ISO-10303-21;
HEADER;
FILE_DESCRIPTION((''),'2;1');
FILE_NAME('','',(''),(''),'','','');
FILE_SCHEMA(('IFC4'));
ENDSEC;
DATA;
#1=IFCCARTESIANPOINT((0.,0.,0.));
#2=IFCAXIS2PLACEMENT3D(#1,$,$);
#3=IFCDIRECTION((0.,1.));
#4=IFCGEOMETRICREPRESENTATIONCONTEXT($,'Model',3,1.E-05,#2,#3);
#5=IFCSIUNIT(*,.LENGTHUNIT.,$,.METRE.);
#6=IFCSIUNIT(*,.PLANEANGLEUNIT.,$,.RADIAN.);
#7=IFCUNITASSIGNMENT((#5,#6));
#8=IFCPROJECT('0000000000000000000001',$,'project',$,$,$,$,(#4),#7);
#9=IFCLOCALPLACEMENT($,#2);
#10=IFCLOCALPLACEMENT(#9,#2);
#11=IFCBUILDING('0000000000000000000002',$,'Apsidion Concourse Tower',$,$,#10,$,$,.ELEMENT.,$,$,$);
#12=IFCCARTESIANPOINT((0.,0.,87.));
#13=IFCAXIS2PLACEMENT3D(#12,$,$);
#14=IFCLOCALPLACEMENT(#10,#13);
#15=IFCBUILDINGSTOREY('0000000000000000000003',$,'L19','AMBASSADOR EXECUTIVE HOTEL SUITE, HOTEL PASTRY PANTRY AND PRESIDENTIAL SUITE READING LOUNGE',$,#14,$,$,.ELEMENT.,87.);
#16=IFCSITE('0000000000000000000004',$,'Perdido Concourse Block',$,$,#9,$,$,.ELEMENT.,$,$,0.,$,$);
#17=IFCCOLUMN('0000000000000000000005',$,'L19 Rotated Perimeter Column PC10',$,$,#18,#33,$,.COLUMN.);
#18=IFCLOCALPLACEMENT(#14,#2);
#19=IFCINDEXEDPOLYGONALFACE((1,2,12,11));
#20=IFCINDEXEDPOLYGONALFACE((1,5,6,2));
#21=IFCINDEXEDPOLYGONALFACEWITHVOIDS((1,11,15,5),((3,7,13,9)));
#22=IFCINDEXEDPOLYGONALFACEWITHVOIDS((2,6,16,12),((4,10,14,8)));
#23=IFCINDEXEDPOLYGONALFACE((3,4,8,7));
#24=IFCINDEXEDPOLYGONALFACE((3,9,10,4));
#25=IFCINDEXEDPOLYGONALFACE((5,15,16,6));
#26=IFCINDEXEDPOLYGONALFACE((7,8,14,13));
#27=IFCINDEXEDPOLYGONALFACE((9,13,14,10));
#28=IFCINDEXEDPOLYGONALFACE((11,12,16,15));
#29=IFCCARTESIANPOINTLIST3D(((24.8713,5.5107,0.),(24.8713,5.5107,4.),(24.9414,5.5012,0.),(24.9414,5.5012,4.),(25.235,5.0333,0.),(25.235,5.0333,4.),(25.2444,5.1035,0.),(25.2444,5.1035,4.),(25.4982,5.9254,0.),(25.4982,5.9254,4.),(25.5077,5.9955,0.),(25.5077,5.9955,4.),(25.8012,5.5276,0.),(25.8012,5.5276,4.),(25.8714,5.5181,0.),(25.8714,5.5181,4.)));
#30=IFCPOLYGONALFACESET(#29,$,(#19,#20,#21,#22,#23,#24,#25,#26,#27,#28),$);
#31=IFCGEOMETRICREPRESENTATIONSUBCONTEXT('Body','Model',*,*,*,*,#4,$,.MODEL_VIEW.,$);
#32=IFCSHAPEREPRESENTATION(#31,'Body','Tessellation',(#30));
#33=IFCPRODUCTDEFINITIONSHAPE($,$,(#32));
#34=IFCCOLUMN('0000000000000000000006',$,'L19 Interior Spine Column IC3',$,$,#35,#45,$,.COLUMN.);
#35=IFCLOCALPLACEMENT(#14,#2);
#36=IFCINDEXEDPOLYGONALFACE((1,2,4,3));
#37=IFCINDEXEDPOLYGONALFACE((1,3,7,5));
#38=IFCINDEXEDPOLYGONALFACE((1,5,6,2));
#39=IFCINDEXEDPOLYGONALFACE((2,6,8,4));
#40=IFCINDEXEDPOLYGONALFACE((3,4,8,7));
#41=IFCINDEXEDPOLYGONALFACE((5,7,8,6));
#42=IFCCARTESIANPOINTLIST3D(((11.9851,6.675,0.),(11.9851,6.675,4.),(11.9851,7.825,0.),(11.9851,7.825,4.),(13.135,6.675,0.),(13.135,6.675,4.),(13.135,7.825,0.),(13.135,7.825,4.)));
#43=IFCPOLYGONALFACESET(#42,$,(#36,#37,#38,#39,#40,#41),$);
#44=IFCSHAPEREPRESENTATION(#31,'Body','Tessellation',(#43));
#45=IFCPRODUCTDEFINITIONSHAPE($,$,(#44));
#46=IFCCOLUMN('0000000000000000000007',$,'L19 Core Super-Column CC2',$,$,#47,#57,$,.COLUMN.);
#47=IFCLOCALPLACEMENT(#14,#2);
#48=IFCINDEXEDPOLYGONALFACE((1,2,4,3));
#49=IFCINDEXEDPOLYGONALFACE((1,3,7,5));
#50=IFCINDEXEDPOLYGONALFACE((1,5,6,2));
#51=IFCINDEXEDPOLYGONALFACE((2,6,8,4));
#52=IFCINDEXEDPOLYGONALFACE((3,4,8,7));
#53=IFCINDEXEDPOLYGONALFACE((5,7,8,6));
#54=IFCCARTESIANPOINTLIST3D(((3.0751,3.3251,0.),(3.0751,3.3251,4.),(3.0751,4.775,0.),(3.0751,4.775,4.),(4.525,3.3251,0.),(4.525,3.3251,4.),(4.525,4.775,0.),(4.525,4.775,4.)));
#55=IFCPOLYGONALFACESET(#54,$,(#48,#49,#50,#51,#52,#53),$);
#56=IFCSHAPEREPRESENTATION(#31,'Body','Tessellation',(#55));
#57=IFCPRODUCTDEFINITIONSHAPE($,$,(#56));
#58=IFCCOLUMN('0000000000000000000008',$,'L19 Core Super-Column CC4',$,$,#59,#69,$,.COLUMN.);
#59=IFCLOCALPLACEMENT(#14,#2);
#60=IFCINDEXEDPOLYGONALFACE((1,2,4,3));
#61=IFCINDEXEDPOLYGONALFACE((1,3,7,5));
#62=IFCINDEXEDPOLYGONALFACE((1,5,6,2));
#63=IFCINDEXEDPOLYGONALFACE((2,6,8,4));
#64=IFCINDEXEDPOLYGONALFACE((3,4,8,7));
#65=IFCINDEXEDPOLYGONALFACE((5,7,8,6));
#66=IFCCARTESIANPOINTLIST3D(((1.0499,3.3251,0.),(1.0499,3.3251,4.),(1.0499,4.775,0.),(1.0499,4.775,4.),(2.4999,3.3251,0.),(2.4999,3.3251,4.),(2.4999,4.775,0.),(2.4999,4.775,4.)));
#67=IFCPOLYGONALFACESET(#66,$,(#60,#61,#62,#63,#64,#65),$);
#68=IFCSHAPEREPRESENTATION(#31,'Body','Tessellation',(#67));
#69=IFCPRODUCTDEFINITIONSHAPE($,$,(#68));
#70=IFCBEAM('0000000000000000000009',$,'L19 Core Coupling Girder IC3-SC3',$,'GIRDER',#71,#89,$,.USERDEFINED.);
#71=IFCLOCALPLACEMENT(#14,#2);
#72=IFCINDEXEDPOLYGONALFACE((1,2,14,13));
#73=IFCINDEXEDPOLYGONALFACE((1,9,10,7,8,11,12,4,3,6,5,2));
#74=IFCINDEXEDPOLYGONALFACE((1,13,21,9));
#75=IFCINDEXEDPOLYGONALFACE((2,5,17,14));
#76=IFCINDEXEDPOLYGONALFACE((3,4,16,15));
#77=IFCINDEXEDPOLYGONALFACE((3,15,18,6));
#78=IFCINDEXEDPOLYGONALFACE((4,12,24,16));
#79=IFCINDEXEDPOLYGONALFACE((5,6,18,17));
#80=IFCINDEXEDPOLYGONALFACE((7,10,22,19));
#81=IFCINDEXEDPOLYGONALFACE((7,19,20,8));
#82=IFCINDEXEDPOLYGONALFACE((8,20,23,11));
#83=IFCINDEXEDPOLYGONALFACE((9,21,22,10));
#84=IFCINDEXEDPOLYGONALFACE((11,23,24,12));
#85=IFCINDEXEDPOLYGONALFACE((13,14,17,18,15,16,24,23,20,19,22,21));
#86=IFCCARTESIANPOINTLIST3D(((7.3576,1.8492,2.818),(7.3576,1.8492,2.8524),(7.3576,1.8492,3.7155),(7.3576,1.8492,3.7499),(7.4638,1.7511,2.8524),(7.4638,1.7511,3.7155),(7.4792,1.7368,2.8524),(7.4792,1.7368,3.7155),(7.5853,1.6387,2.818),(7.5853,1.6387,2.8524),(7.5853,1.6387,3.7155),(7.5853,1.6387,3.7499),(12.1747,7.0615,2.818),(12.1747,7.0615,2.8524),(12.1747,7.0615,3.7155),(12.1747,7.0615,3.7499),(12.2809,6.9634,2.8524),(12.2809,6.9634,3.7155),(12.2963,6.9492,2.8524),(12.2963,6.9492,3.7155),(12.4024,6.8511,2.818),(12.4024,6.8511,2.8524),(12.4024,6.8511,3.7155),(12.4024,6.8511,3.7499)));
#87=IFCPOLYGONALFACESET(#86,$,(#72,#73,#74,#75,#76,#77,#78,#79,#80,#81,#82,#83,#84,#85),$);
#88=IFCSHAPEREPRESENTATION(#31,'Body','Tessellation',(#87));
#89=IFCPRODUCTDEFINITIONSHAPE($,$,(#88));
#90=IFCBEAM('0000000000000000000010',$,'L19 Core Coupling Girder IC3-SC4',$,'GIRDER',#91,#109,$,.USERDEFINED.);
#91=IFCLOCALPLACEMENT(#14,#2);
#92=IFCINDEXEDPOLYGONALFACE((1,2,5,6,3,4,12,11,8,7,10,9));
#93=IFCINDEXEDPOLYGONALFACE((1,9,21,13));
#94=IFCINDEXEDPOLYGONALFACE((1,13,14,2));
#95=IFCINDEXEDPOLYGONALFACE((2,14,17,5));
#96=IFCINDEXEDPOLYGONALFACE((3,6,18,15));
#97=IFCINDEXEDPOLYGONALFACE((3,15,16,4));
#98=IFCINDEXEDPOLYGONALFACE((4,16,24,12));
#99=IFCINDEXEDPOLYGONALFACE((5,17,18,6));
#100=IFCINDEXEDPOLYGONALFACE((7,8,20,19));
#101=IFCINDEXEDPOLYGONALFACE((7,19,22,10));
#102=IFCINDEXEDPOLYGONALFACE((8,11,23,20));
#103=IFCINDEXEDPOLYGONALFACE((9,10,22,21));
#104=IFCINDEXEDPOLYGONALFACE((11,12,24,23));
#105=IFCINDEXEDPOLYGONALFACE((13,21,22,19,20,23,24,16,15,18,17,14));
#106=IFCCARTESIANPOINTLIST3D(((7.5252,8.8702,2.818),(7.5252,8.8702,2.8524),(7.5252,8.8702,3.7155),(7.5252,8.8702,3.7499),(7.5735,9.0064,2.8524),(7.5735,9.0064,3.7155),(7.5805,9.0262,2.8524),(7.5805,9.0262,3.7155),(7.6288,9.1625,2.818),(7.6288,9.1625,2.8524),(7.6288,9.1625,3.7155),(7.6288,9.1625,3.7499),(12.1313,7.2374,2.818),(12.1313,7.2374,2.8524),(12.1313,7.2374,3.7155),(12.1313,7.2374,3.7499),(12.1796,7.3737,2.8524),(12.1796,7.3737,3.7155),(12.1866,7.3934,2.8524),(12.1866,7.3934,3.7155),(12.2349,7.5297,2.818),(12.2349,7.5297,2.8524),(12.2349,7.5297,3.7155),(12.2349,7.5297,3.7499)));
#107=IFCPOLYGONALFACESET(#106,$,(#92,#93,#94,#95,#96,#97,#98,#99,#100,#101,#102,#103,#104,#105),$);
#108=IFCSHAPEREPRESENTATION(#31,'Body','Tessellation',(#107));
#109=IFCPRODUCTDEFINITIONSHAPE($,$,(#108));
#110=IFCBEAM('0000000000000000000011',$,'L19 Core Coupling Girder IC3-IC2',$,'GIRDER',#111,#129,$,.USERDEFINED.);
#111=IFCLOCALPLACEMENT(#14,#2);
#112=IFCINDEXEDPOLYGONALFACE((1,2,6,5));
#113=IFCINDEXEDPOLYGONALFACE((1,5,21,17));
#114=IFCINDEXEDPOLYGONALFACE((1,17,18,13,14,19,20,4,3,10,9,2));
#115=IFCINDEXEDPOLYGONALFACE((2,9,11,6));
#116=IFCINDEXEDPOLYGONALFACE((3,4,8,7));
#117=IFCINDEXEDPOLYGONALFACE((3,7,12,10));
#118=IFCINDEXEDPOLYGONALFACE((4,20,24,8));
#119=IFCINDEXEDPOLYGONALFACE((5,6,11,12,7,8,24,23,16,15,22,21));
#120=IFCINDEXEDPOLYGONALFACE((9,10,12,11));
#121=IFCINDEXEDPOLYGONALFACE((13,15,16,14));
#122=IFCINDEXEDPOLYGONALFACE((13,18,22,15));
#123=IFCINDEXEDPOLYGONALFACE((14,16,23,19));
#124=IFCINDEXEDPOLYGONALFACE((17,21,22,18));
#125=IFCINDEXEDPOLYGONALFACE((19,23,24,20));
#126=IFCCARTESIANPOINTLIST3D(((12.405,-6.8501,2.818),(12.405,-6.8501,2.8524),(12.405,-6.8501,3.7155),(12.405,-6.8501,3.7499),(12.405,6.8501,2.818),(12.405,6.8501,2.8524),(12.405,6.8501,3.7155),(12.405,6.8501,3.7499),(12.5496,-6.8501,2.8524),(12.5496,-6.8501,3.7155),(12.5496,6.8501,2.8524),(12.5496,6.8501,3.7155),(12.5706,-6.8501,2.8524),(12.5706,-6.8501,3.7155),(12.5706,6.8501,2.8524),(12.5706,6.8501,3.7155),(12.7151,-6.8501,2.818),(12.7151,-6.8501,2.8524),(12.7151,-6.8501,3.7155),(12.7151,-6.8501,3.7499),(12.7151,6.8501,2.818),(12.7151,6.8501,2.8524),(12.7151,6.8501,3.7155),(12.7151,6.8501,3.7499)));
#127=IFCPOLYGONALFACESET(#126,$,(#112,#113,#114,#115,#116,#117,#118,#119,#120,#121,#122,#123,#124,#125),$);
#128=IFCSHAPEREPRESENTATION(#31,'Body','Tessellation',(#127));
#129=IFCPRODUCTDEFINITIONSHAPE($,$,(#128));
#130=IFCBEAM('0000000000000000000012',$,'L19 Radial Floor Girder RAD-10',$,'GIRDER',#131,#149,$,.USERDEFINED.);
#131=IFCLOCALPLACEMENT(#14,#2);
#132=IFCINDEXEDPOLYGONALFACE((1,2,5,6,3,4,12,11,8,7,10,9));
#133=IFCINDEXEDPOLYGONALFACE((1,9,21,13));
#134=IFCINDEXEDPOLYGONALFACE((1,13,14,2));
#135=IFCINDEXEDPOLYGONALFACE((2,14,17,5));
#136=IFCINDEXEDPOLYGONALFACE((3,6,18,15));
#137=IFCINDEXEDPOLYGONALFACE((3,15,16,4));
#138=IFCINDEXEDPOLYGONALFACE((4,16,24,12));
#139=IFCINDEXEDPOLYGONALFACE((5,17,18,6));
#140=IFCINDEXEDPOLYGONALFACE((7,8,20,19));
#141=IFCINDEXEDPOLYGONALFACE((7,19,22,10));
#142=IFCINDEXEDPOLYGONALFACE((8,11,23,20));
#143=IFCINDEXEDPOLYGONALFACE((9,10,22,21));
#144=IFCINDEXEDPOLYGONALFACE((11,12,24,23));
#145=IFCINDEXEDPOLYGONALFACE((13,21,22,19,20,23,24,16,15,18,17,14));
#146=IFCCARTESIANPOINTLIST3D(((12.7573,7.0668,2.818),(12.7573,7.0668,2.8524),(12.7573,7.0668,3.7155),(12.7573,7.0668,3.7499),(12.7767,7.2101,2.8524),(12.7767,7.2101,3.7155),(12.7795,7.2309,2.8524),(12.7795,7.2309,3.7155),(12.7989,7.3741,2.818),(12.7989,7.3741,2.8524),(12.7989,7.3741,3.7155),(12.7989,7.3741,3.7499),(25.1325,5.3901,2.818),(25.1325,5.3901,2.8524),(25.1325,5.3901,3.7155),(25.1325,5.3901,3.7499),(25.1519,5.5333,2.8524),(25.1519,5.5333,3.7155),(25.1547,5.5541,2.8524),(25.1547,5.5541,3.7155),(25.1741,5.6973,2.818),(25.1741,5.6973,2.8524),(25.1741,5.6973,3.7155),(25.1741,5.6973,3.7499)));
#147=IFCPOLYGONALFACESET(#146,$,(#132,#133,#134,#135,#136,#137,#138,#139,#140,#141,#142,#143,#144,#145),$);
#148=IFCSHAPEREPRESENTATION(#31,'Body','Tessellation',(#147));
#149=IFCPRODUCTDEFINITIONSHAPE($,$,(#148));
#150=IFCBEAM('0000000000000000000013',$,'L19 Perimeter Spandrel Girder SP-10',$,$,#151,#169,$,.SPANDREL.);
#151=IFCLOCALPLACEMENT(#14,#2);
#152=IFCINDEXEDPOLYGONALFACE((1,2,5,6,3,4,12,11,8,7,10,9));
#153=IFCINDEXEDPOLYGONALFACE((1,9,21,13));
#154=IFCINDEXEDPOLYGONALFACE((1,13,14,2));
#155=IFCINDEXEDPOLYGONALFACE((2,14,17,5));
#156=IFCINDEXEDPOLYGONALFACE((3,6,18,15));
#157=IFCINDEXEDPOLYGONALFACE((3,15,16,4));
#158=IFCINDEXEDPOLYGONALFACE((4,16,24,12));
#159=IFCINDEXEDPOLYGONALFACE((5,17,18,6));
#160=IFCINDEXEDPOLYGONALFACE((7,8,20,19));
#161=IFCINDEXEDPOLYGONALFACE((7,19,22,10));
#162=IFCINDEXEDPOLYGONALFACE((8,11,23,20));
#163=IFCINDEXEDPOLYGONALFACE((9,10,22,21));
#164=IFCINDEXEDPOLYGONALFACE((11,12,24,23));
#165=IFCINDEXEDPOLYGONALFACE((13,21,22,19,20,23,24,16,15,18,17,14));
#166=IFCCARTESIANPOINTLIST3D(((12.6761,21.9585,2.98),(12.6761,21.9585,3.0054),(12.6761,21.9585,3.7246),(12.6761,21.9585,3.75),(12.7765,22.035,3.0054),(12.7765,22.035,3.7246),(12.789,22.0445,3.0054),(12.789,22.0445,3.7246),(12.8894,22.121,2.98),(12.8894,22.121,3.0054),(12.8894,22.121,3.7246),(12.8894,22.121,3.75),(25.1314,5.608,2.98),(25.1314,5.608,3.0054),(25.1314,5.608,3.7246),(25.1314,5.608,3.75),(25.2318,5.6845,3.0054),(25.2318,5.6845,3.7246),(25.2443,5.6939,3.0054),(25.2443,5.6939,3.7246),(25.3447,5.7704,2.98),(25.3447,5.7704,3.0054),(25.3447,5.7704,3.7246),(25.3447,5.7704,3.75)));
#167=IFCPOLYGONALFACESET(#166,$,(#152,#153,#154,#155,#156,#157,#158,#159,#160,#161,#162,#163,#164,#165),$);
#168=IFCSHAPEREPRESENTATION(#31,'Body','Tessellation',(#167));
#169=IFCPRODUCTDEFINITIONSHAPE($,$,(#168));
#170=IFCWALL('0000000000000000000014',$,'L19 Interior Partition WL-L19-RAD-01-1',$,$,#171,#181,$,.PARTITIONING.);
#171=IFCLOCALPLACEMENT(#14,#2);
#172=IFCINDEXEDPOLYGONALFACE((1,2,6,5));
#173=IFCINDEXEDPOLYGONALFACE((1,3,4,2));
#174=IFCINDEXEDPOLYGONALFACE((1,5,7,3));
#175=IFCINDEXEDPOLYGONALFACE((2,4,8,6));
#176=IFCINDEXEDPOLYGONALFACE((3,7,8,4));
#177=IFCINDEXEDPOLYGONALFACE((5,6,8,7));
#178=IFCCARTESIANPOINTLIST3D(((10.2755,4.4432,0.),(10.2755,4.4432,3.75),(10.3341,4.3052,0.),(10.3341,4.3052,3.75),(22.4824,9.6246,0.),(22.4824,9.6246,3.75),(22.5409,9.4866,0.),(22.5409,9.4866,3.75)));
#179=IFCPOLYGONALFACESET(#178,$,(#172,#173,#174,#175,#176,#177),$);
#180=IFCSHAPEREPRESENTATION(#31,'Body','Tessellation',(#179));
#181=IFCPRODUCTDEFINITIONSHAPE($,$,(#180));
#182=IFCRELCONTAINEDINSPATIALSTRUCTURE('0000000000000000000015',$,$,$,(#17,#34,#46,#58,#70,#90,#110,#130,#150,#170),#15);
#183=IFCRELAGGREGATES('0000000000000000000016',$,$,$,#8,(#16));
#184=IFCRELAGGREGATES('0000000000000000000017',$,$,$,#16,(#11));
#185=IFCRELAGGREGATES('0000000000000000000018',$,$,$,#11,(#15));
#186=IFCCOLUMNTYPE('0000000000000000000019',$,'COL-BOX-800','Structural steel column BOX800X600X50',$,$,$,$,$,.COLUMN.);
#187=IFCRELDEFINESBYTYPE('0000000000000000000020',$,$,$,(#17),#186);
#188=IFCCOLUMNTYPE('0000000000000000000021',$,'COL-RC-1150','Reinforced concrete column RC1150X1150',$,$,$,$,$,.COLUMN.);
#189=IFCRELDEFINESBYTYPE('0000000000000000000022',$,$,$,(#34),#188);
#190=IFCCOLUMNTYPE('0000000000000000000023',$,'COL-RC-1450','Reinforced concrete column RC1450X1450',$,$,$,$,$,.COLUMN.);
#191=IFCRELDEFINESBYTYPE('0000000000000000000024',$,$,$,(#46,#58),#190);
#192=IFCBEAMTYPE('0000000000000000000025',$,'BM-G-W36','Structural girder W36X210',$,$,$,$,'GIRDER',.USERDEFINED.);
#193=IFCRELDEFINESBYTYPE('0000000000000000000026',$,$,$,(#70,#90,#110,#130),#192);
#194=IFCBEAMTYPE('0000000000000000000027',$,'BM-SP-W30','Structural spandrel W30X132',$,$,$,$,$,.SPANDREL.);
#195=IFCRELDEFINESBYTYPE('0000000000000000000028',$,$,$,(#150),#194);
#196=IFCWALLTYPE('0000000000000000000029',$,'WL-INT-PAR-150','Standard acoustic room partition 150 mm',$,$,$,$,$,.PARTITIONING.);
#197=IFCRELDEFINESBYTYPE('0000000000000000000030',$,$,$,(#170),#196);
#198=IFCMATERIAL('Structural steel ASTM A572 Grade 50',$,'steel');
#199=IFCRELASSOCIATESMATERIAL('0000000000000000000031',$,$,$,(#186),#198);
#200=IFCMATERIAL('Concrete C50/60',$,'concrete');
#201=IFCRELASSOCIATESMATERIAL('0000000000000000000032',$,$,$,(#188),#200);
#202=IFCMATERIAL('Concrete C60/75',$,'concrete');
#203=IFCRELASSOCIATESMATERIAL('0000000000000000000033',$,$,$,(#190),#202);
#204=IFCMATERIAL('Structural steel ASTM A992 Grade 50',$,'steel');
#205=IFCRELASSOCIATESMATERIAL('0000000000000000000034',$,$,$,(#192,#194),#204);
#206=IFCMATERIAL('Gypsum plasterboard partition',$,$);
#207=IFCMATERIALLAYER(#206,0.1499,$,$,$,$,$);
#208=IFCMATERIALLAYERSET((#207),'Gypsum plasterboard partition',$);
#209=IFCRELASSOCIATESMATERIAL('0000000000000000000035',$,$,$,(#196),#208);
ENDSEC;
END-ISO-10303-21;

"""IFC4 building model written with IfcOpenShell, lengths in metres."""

from ifc_helpers import new_model, si_unit, direction, frame, frame_2d, origin, origin_2d, place, context, subcontext, project, spatial, rectangle, hollow_rectangle, i_section, extrude, material, layer, layer_set, material_profile, profile_set, type_object, element, save


model = new_model("IFC4")

# Units and contexts
model_context = context("Model", 3, precision=1e-05, world=origin(), true_north=direction((0.0, 1.0)))
body_context = subcontext(model_context, "Body", "Model", "MODEL_VIEW")
ifc_project = project(units=[si_unit("LENGTHUNIT", "METRE"), si_unit("PLANEANGLEUNIT", "RADIAN")], contexts=[model_context])

# Site, building, storey
site_placement = place(None, origin())
site = spatial("IfcSite", under=ifc_project, at=site_placement, Name="Perdido Concourse Block", CompositionType="ELEMENT", RefElevation=0.0)
building_placement = place(site_placement, origin())
building = spatial("IfcBuilding", under=site, at=building_placement, Name="Apsidion Concourse Tower", CompositionType="ELEMENT")
storey_placement = place(building_placement, frame((0.0, 0.0, 87.0)))
storey = spatial("IfcBuildingStorey", under=building, at=storey_placement, Name="L19", Description="AMBASSADOR EXECUTIVE HOTEL SUITE, HOTEL PASTRY PANTRY AND PRESIDENTIAL SUITE READING LOUNGE", CompositionType="ELEMENT", Elevation=87.0)

# Columns
ifc_material_1 = material(Name="Structural steel ASTM A572 Grade 50", Category="steel")
ifc_material_profile_1 = material_profile(ifc_material_1, hollow_rectangle(XDim=0.6001, YDim=0.8, WallThickness=0.05, at=origin_2d()), Name="BOX800X600X50")
ifc_profile_set_1 = profile_set([ifc_material_profile_1], Name="Structural steel ASTM A572 Grade 50")
column_type_1 = type_object("IfcColumnType", Name="COL-BOX-800", Description="Structural steel column BOX800X600X50", PredefinedType="COLUMN", material=ifc_profile_set_1)
column_1_placement = place(storey_placement, frame((25.3713, 5.5144, 0.0), z_axis=(0.0, 0.0, 1.0), x_axis=(-0.605988, 0.795473, 0.0)))
element("IfcColumn", 1, at=column_1_placement, inside=storey, type_object=column_type_1, Name="L19 Rotated Perimeter Column PC10", PredefinedType="COLUMN", context=body_context, shape_type="SweptSolid", body=[
    extrude(hollow_rectangle(XDim=0.6001, YDim=0.8, WallThickness=0.05, at=origin_2d()), origin(), (0.0, 0.0, 1.0), 4.0),
])
ifc_material_2 = material(Name="Concrete C50/60", Category="concrete")
ifc_material_profile_2 = material_profile(ifc_material_2, rectangle(XDim=1.1499, YDim=1.1499, at=origin_2d()), Name="RC 1150x1150")
ifc_profile_set_2 = profile_set([ifc_material_profile_2], Name="Concrete C50/60")
column_type_2 = type_object("IfcColumnType", Name="COL-RC-1150", Description="Reinforced concrete column RC1150X1150", PredefinedType="COLUMN", material=ifc_profile_set_2)
column_2_placement = place(storey_placement, frame((12.5601, 7.25, 0.0), z_axis=(0.0, 0.0, 1.0), x_axis=(1.0, 0.0, 0.0)))
element("IfcColumn", 2, at=column_2_placement, inside=storey, type_object=column_type_2, Name="L19 Interior Spine Column IC3", PredefinedType="COLUMN", context=body_context, shape_type="SweptSolid", body=[
    extrude(rectangle(XDim=1.1499, YDim=1.1499, at=origin_2d()), origin(), (0.0, 0.0, 1.0), 4.0),
])
ifc_material_3 = material(Name="Concrete C60/75", Category="concrete")
ifc_material_profile_3 = material_profile(ifc_material_3, rectangle(XDim=1.45, YDim=1.45, at=origin_2d()), Name="RC 1450x1450")
ifc_profile_set_3 = profile_set([ifc_material_profile_3], Name="Concrete C60/75")
column_type_3 = type_object("IfcColumnType", Name="COL-RC-1450", Description="Reinforced concrete column RC1450X1450", PredefinedType="COLUMN", material=ifc_profile_set_3)
for number, where, z_axis, x_axis, name in (
    (3, (3.8, 4.05, 0.0), (0.0, 0.0, 1.0), (1.0, 0.0, 0.0), "L19 Core Super-Column CC2"),
    (4, (1.7749, 4.05, 0.0), (0.0, 0.0, 1.0), (1.0, 0.0, 0.0), "L19 Core Super-Column CC4"),
):
    element("IfcColumn", number, at=place(storey_placement, frame(where, z_axis=z_axis, x_axis=x_axis)), inside=storey, type_object=column_type_3, Name=name, PredefinedType="COLUMN", context=body_context, shape_type="SweptSolid", body=[
        extrude(rectangle(XDim=1.45, YDim=1.45, at=origin_2d()), origin(), (0.0, 0.0, 1.0), 4.0),
    ])

# Beams
ifc_material_4 = material(Name="Structural steel ASTM A992 Grade 50", Category="steel")
ifc_material_profile_4 = material_profile(ifc_material_4, i_section(OverallWidth=0.3101, OverallDepth=0.9319, WebThickness=0.021, FlangeThickness=0.0344, at=origin_2d()), Name="W36X210")
ifc_profile_set_4 = profile_set([ifc_material_profile_4], Name="Structural steel ASTM A992 Grade 50")
beam_type_1 = type_object("IfcBeamType", Name="BM-G-W36", Description="Structural girder W36X210", ElementType="GIRDER", PredefinedType="USERDEFINED", material=ifc_profile_set_4)
beam_1_placement = place(storey_placement, frame((12.2886, 6.9563, 3.2839), z_axis=(-0.678713, -0.734404, 0.0), x_axis=(0.734404, -0.678713, 0.0)))
element("IfcBeam", 5, at=beam_1_placement, inside=storey, type_object=beam_type_1, Name="L19 Core Coupling Girder IC3-SC3", ObjectType="GIRDER", PredefinedType="USERDEFINED", context=body_context, shape_type="SweptSolid", body=[
    extrude(i_section(OverallWidth=0.3101, OverallDepth=0.9319, WebThickness=0.021, FlangeThickness=0.0344, at=origin_2d()), origin(), (0.0, 0.0, 1.0), 7.0974),
])
beam_2_placement = place(storey_placement, frame((12.1831, 7.3835, 3.2839), z_axis=(-0.942534, 0.334111, 0.0), x_axis=(-0.334111, -0.942534, 0.0)))
element("IfcBeam", 6, at=beam_2_placement, inside=storey, type_object=beam_type_1, Name="L19 Core Coupling Girder IC3-SC4", ObjectType="GIRDER", PredefinedType="USERDEFINED", context=body_context, shape_type="SweptSolid", body=[
    extrude(i_section(OverallWidth=0.3101, OverallDepth=0.9319, WebThickness=0.021, FlangeThickness=0.0344, at=origin_2d()), origin(), (0.0, 0.0, 1.0), 4.887),
])
beam_3_placement = place(storey_placement, frame((12.5601, 6.8501, 3.2839), z_axis=(0.0, -1.0, 0.0), x_axis=(1.0, 0.0, 0.0)))
element("IfcBeam", 7, at=beam_3_placement, inside=storey, type_object=beam_type_1, Name="L19 Core Coupling Girder IC3-IC2", ObjectType="GIRDER", PredefinedType="USERDEFINED", context=body_context, shape_type="SweptSolid", body=[
    extrude(i_section(OverallWidth=0.3101, OverallDepth=0.9319, WebThickness=0.021, FlangeThickness=0.0344, at=origin_2d()), origin(), (0.0, 0.0, 1.0), 13.7002),
])
beam_4_placement = place(storey_placement, frame((12.7781, 7.2205, 3.2839), z_axis=(0.990945, -0.134266, 0.0), x_axis=(0.134266, 0.990945, 0.0)))
element("IfcBeam", 8, at=beam_4_placement, inside=storey, type_object=beam_type_1, Name="L19 Radial Floor Girder RAD-10", ObjectType="GIRDER", PredefinedType="USERDEFINED", context=body_context, shape_type="SweptSolid", body=[
    extrude(i_section(OverallWidth=0.3101, OverallDepth=0.9319, WebThickness=0.021, FlangeThickness=0.0344, at=origin_2d()), origin(), (0.0, 0.0, 1.0), 12.4883),
])
ifc_material_profile_5 = material_profile(ifc_material_4, i_section(OverallWidth=0.2681, OverallDepth=0.77, WebThickness=0.0156, FlangeThickness=0.0254, at=origin_2d()), Name="W30X132")
ifc_profile_set_5 = profile_set([ifc_material_profile_5], Name="Structural steel ASTM A992 Grade 50")
beam_type_2 = type_object("IfcBeamType", Name="BM-SP-W30", Description="Structural spandrel W30X132", PredefinedType="SPANDREL", material=ifc_profile_set_5)
beam_5_placement = place(storey_placement, frame((25.238, 5.6892, 3.365), z_axis=(-0.605973, 0.795485, 0.0), x_axis=(-0.795485, -0.605973, 0.0)))
element("IfcBeam", 9, at=beam_5_placement, inside=storey, type_object=beam_type_2, Name="L19 Perimeter Spandrel Girder SP-10", PredefinedType="SPANDREL", context=body_context, shape_type="SweptSolid", body=[
    extrude(i_section(OverallWidth=0.2681, OverallDepth=0.77, WebThickness=0.0156, FlangeThickness=0.0254, at=origin_2d()), origin(), (0.0, 0.0, 1.0), 20.5542),
])

# Wall
ifc_material_5 = material(Name="Gypsum plasterboard partition")
ifc_layer_1 = layer(ifc_material_5, 0.1499)
ifc_layer_set_1 = layer_set([ifc_layer_1], Name="Gypsum plasterboard partition")
wall_type_1 = type_object("IfcWallType", Name="WL-INT-PAR-150", Description="Standard acoustic room partition 150 mm", PredefinedType="PARTITIONING", material=ifc_layer_set_1)
wall_1_placement = place(storey_placement, frame((10.3049, 4.3743, 0.0), z_axis=(0.0, 0.0, 1.0), x_axis=(0.920507, 0.390726, 0.0)))
element("IfcWall", 10, at=wall_1_placement, inside=storey, type_object=wall_type_1, Name="L19 Interior Partition WL-L19-RAD-01-1", PredefinedType="PARTITIONING", context=body_context, shape_type="SweptSolid", body=[
    extrude(rectangle(XDim=13.261, YDim=0.1499, at=frame_2d((6.6304, 0.0))), origin(), (0.0, 0.0, 1.0), 3.75),
])

save(model, "model.ifc")
